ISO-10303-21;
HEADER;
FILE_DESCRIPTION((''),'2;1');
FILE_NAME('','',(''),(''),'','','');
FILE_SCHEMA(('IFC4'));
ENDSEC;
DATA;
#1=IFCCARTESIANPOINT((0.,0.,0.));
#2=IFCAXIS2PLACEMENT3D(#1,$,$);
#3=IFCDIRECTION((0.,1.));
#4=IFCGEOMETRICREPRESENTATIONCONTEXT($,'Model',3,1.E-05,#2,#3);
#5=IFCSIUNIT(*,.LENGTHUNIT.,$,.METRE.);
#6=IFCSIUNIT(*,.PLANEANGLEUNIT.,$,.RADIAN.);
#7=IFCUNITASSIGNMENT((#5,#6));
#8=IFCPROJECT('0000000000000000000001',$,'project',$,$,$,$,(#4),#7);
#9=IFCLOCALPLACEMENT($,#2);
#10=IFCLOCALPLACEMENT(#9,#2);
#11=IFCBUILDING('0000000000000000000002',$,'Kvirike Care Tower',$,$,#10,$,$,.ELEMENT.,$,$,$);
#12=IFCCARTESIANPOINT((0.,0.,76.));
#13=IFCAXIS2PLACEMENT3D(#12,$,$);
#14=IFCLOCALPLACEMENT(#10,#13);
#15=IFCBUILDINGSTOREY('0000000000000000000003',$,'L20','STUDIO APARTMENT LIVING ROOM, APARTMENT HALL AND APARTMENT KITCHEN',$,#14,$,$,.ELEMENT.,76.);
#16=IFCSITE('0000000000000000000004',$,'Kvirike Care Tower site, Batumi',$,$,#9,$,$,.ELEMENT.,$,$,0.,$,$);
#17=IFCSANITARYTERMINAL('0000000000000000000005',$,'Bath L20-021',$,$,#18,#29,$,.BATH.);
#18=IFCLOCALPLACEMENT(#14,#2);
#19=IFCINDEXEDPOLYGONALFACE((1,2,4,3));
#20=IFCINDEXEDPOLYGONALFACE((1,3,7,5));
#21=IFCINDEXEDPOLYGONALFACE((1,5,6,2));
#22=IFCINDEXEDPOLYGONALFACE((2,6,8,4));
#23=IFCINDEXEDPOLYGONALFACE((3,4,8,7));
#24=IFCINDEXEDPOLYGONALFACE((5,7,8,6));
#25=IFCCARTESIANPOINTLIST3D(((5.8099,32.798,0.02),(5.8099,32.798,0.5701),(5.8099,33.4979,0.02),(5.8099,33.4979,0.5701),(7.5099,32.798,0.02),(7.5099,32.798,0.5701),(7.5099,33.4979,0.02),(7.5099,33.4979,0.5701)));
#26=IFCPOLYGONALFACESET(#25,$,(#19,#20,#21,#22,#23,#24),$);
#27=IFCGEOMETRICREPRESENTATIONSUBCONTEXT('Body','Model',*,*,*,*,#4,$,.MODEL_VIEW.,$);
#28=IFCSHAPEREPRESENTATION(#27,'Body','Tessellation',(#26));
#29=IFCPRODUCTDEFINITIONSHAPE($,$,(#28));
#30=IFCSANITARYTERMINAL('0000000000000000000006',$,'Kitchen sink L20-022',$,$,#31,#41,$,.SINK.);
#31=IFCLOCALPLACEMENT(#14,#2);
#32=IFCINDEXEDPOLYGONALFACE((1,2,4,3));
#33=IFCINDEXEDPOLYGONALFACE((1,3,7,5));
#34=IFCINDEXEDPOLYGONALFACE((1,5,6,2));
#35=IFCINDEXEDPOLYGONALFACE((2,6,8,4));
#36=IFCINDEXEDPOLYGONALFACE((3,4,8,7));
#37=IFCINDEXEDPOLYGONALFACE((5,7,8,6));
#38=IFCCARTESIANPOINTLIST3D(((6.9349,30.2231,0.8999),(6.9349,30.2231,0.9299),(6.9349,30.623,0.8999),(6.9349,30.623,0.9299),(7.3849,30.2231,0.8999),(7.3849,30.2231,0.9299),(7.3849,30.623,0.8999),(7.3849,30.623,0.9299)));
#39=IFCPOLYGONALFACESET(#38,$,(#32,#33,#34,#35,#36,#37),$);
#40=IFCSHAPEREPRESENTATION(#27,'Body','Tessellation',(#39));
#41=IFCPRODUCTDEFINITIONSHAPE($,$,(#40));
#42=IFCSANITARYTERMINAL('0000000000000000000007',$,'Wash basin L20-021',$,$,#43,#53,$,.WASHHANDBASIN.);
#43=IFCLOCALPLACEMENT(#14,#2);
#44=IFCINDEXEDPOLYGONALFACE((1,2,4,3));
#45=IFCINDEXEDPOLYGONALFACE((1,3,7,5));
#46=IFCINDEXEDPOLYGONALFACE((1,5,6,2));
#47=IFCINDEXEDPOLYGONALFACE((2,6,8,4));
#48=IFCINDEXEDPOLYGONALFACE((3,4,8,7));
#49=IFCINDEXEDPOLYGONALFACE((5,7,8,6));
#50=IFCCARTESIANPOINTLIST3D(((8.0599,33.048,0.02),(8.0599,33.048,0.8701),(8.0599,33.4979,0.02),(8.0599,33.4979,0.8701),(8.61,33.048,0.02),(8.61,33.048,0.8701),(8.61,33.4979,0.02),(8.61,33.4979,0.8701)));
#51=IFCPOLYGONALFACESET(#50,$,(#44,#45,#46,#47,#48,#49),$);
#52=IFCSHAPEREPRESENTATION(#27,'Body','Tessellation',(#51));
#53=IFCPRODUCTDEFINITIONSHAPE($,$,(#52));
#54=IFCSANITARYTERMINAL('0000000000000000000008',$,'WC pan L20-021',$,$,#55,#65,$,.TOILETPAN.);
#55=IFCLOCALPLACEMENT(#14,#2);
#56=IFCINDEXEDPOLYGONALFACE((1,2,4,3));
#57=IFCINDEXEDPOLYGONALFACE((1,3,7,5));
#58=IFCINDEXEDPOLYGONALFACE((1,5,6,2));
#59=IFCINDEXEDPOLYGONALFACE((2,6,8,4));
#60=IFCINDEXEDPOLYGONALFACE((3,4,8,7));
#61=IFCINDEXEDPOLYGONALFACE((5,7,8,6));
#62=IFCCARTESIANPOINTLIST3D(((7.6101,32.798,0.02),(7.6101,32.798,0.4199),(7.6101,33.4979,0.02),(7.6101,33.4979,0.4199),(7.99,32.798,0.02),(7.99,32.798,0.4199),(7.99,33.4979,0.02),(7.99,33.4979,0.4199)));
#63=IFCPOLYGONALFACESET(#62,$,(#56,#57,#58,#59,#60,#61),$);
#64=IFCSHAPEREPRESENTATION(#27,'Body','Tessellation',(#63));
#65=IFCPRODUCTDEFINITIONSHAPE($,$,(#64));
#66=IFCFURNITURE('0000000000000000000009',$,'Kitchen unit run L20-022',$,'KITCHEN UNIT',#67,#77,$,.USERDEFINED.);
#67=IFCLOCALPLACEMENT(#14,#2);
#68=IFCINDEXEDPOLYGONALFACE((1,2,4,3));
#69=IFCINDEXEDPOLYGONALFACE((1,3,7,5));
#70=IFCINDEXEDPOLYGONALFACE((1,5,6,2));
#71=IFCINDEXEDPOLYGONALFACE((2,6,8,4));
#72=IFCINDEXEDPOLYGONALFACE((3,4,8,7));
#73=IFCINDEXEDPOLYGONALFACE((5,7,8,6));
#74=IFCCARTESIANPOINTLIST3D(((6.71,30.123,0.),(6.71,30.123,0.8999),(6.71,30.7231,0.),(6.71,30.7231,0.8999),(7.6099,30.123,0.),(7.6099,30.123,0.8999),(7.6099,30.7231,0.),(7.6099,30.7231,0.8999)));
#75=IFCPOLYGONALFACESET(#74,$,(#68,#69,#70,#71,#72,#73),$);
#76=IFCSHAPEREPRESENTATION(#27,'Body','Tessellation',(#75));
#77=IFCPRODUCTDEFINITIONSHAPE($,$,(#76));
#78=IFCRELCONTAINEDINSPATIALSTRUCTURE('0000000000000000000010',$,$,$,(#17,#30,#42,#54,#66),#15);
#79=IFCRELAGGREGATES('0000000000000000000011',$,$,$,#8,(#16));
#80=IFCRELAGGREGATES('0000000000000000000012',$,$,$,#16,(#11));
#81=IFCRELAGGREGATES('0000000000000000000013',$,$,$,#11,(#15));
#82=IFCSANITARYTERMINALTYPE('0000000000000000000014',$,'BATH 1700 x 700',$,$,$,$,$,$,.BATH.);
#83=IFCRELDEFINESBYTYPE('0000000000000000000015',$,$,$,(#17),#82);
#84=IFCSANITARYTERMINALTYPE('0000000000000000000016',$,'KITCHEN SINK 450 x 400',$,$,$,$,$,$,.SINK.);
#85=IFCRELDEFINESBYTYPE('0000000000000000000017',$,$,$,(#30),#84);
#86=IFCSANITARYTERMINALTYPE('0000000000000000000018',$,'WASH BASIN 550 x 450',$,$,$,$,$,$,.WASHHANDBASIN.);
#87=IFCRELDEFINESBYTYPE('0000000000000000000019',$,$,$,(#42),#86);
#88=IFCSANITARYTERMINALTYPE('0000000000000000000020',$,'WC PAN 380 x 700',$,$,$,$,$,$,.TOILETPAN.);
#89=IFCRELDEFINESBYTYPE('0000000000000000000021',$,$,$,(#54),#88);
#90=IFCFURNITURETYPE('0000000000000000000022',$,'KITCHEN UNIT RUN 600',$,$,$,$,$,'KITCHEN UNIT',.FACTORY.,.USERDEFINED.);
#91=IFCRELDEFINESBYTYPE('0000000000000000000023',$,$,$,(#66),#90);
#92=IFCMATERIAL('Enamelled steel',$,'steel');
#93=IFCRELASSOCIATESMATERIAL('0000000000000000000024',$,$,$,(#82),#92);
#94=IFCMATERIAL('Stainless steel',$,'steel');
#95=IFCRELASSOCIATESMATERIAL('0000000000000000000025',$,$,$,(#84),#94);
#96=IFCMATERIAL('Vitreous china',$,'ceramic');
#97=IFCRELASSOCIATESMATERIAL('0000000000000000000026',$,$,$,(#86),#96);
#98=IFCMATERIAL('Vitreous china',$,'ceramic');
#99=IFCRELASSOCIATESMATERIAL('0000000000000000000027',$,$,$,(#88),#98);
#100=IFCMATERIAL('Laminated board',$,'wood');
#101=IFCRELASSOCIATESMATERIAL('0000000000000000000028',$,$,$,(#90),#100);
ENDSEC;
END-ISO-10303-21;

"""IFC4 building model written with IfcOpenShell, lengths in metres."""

from ifc_helpers import new_model, si_unit, direction, frame, origin, origin_2d, place, context, subcontext, project, spatial, rectangle, extrude, material, type_object, element, save


model = new_model("IFC4")

# Units and contexts
model_context = context("Model", 3, precision=1e-05, world=origin(), true_north=direction((0.0, 1.0)))
body_context = subcontext(model_context, "Body", "Model", "MODEL_VIEW")
ifc_project = project(units=[si_unit("LENGTHUNIT", "METRE"), si_unit("PLANEANGLEUNIT", "RADIAN")], contexts=[model_context])

# Site, building, storey
site_placement = place(None, origin())
site = spatial("IfcSite", under=ifc_project, at=site_placement, Name="Kvirike Care Tower site, Batumi", CompositionType="ELEMENT", RefElevation=0.0)
building_placement = place(site_placement, origin())
building = spatial("IfcBuilding", under=site, at=building_placement, Name="Kvirike Care Tower", CompositionType="ELEMENT")
storey_placement = place(building_placement, frame((0.0, 0.0, 76.0)))
storey = spatial("IfcBuildingStorey", under=building, at=storey_placement, Name="L20", Description="STUDIO APARTMENT LIVING ROOM, APARTMENT HALL AND APARTMENT KITCHEN", CompositionType="ELEMENT", Elevation=76.0)

# Sanitary terminals
ifc_material_1 = material(Name="Enamelled steel", Category="steel")
sanitary_terminal_type_1 = type_object("IfcSanitaryTerminalType", Name="BATH 1700 x 700", PredefinedType="BATH", material=ifc_material_1)
sanitary_terminal_1_placement = place(storey_placement, frame((6.6599, 33.1479, 0.02), z_axis=(0.0, 0.0, 1.0), x_axis=(1.0, 0.0, 0.0)))
element("IfcSanitaryTerminal", 1, at=sanitary_terminal_1_placement, inside=storey, type_object=sanitary_terminal_type_1, Name="Bath L20-021", PredefinedType="BATH", context=body_context, shape_type="SweptSolid", body=[
    extrude(rectangle(XDim=1.7, YDim=0.7, at=origin_2d()), origin(), (0.0, 0.0, 1.0), 0.55),
])
ifc_material_2 = material(Name="Stainless steel", Category="steel")
sanitary_terminal_type_2 = type_object("IfcSanitaryTerminalType", Name="KITCHEN SINK 450 x 400", PredefinedType="SINK", material=ifc_material_2)
sanitary_terminal_2_placement = place(storey_placement, frame((7.1599, 30.4231, 0.8999), z_axis=(0.0, 0.0, 1.0), x_axis=(1.0, 0.0, 0.0)))
element("IfcSanitaryTerminal", 2, at=sanitary_terminal_2_placement, inside=storey, type_object=sanitary_terminal_type_2, Name="Kitchen sink L20-022", PredefinedType="SINK", context=body_context, shape_type="SweptSolid", body=[
    extrude(rectangle(XDim=0.45, YDim=0.3999, at=origin_2d()), origin(), (0.0, 0.0, 1.0), 0.03),
])
ifc_material_3 = material(Name="Vitreous china", Category="ceramic")
sanitary_terminal_type_3 = type_object("IfcSanitaryTerminalType", Name="WASH BASIN 550 x 450", PredefinedType="WASHHANDBASIN", material=ifc_material_3)
sanitary_terminal_3_placement = place(storey_placement, frame((8.335, 33.2729, 0.02), z_axis=(0.0, 0.0, 1.0), x_axis=(1.0, 0.0, 0.0)))
element("IfcSanitaryTerminal", 3, at=sanitary_terminal_3_placement, inside=storey, type_object=sanitary_terminal_type_3, Name="Wash basin L20-021", PredefinedType="WASHHANDBASIN", context=body_context, shape_type="SweptSolid", body=[
    extrude(rectangle(XDim=0.55, YDim=0.45, at=origin_2d()), origin(), (0.0, 0.0, 1.0), 0.8501),
])
ifc_material_4 = material(Name="Vitreous china", Category="ceramic")
sanitary_terminal_type_4 = type_object("IfcSanitaryTerminalType", Name="WC PAN 380 x 700", PredefinedType="TOILETPAN", material=ifc_material_4)
sanitary_terminal_4_placement = place(storey_placement, frame((7.8, 33.1479, 0.02), z_axis=(0.0, 0.0, 1.0), x_axis=(1.0, 0.0, 0.0)))
element("IfcSanitaryTerminal", 4, at=sanitary_terminal_4_placement, inside=storey, type_object=sanitary_terminal_type_4, Name="WC pan L20-021", PredefinedType="TOILETPAN", context=body_context, shape_type="SweptSolid", body=[
    extrude(rectangle(XDim=0.3799, YDim=0.7, at=origin_2d()), origin(), (0.0, 0.0, 1.0), 0.3999),
])

# Furniture
ifc_material_5 = material(Name="Laminated board", Category="wood")
furniture_type = type_object("IfcFurnitureType", Name="KITCHEN UNIT RUN 600", ElementType="KITCHEN UNIT", AssemblyPlace="FACTORY", PredefinedType="USERDEFINED", material=ifc_material_5)
furniture_placement = place(storey_placement, frame((7.1599, 30.4231, 0.0), z_axis=(0.0, 0.0, 1.0), x_axis=(1.0, 0.0, 0.0)))
element("IfcFurniture", 5, at=furniture_placement, inside=storey, type_object=furniture_type, Name="Kitchen unit run L20-022", ObjectType="KITCHEN UNIT", PredefinedType="USERDEFINED", context=body_context, shape_type="SweptSolid", body=[
    extrude(rectangle(XDim=0.8999, YDim=0.6001, at=origin_2d()), origin(), (0.0, 0.0, 1.0), 0.8999),
])

save(model, "model.ifc")
